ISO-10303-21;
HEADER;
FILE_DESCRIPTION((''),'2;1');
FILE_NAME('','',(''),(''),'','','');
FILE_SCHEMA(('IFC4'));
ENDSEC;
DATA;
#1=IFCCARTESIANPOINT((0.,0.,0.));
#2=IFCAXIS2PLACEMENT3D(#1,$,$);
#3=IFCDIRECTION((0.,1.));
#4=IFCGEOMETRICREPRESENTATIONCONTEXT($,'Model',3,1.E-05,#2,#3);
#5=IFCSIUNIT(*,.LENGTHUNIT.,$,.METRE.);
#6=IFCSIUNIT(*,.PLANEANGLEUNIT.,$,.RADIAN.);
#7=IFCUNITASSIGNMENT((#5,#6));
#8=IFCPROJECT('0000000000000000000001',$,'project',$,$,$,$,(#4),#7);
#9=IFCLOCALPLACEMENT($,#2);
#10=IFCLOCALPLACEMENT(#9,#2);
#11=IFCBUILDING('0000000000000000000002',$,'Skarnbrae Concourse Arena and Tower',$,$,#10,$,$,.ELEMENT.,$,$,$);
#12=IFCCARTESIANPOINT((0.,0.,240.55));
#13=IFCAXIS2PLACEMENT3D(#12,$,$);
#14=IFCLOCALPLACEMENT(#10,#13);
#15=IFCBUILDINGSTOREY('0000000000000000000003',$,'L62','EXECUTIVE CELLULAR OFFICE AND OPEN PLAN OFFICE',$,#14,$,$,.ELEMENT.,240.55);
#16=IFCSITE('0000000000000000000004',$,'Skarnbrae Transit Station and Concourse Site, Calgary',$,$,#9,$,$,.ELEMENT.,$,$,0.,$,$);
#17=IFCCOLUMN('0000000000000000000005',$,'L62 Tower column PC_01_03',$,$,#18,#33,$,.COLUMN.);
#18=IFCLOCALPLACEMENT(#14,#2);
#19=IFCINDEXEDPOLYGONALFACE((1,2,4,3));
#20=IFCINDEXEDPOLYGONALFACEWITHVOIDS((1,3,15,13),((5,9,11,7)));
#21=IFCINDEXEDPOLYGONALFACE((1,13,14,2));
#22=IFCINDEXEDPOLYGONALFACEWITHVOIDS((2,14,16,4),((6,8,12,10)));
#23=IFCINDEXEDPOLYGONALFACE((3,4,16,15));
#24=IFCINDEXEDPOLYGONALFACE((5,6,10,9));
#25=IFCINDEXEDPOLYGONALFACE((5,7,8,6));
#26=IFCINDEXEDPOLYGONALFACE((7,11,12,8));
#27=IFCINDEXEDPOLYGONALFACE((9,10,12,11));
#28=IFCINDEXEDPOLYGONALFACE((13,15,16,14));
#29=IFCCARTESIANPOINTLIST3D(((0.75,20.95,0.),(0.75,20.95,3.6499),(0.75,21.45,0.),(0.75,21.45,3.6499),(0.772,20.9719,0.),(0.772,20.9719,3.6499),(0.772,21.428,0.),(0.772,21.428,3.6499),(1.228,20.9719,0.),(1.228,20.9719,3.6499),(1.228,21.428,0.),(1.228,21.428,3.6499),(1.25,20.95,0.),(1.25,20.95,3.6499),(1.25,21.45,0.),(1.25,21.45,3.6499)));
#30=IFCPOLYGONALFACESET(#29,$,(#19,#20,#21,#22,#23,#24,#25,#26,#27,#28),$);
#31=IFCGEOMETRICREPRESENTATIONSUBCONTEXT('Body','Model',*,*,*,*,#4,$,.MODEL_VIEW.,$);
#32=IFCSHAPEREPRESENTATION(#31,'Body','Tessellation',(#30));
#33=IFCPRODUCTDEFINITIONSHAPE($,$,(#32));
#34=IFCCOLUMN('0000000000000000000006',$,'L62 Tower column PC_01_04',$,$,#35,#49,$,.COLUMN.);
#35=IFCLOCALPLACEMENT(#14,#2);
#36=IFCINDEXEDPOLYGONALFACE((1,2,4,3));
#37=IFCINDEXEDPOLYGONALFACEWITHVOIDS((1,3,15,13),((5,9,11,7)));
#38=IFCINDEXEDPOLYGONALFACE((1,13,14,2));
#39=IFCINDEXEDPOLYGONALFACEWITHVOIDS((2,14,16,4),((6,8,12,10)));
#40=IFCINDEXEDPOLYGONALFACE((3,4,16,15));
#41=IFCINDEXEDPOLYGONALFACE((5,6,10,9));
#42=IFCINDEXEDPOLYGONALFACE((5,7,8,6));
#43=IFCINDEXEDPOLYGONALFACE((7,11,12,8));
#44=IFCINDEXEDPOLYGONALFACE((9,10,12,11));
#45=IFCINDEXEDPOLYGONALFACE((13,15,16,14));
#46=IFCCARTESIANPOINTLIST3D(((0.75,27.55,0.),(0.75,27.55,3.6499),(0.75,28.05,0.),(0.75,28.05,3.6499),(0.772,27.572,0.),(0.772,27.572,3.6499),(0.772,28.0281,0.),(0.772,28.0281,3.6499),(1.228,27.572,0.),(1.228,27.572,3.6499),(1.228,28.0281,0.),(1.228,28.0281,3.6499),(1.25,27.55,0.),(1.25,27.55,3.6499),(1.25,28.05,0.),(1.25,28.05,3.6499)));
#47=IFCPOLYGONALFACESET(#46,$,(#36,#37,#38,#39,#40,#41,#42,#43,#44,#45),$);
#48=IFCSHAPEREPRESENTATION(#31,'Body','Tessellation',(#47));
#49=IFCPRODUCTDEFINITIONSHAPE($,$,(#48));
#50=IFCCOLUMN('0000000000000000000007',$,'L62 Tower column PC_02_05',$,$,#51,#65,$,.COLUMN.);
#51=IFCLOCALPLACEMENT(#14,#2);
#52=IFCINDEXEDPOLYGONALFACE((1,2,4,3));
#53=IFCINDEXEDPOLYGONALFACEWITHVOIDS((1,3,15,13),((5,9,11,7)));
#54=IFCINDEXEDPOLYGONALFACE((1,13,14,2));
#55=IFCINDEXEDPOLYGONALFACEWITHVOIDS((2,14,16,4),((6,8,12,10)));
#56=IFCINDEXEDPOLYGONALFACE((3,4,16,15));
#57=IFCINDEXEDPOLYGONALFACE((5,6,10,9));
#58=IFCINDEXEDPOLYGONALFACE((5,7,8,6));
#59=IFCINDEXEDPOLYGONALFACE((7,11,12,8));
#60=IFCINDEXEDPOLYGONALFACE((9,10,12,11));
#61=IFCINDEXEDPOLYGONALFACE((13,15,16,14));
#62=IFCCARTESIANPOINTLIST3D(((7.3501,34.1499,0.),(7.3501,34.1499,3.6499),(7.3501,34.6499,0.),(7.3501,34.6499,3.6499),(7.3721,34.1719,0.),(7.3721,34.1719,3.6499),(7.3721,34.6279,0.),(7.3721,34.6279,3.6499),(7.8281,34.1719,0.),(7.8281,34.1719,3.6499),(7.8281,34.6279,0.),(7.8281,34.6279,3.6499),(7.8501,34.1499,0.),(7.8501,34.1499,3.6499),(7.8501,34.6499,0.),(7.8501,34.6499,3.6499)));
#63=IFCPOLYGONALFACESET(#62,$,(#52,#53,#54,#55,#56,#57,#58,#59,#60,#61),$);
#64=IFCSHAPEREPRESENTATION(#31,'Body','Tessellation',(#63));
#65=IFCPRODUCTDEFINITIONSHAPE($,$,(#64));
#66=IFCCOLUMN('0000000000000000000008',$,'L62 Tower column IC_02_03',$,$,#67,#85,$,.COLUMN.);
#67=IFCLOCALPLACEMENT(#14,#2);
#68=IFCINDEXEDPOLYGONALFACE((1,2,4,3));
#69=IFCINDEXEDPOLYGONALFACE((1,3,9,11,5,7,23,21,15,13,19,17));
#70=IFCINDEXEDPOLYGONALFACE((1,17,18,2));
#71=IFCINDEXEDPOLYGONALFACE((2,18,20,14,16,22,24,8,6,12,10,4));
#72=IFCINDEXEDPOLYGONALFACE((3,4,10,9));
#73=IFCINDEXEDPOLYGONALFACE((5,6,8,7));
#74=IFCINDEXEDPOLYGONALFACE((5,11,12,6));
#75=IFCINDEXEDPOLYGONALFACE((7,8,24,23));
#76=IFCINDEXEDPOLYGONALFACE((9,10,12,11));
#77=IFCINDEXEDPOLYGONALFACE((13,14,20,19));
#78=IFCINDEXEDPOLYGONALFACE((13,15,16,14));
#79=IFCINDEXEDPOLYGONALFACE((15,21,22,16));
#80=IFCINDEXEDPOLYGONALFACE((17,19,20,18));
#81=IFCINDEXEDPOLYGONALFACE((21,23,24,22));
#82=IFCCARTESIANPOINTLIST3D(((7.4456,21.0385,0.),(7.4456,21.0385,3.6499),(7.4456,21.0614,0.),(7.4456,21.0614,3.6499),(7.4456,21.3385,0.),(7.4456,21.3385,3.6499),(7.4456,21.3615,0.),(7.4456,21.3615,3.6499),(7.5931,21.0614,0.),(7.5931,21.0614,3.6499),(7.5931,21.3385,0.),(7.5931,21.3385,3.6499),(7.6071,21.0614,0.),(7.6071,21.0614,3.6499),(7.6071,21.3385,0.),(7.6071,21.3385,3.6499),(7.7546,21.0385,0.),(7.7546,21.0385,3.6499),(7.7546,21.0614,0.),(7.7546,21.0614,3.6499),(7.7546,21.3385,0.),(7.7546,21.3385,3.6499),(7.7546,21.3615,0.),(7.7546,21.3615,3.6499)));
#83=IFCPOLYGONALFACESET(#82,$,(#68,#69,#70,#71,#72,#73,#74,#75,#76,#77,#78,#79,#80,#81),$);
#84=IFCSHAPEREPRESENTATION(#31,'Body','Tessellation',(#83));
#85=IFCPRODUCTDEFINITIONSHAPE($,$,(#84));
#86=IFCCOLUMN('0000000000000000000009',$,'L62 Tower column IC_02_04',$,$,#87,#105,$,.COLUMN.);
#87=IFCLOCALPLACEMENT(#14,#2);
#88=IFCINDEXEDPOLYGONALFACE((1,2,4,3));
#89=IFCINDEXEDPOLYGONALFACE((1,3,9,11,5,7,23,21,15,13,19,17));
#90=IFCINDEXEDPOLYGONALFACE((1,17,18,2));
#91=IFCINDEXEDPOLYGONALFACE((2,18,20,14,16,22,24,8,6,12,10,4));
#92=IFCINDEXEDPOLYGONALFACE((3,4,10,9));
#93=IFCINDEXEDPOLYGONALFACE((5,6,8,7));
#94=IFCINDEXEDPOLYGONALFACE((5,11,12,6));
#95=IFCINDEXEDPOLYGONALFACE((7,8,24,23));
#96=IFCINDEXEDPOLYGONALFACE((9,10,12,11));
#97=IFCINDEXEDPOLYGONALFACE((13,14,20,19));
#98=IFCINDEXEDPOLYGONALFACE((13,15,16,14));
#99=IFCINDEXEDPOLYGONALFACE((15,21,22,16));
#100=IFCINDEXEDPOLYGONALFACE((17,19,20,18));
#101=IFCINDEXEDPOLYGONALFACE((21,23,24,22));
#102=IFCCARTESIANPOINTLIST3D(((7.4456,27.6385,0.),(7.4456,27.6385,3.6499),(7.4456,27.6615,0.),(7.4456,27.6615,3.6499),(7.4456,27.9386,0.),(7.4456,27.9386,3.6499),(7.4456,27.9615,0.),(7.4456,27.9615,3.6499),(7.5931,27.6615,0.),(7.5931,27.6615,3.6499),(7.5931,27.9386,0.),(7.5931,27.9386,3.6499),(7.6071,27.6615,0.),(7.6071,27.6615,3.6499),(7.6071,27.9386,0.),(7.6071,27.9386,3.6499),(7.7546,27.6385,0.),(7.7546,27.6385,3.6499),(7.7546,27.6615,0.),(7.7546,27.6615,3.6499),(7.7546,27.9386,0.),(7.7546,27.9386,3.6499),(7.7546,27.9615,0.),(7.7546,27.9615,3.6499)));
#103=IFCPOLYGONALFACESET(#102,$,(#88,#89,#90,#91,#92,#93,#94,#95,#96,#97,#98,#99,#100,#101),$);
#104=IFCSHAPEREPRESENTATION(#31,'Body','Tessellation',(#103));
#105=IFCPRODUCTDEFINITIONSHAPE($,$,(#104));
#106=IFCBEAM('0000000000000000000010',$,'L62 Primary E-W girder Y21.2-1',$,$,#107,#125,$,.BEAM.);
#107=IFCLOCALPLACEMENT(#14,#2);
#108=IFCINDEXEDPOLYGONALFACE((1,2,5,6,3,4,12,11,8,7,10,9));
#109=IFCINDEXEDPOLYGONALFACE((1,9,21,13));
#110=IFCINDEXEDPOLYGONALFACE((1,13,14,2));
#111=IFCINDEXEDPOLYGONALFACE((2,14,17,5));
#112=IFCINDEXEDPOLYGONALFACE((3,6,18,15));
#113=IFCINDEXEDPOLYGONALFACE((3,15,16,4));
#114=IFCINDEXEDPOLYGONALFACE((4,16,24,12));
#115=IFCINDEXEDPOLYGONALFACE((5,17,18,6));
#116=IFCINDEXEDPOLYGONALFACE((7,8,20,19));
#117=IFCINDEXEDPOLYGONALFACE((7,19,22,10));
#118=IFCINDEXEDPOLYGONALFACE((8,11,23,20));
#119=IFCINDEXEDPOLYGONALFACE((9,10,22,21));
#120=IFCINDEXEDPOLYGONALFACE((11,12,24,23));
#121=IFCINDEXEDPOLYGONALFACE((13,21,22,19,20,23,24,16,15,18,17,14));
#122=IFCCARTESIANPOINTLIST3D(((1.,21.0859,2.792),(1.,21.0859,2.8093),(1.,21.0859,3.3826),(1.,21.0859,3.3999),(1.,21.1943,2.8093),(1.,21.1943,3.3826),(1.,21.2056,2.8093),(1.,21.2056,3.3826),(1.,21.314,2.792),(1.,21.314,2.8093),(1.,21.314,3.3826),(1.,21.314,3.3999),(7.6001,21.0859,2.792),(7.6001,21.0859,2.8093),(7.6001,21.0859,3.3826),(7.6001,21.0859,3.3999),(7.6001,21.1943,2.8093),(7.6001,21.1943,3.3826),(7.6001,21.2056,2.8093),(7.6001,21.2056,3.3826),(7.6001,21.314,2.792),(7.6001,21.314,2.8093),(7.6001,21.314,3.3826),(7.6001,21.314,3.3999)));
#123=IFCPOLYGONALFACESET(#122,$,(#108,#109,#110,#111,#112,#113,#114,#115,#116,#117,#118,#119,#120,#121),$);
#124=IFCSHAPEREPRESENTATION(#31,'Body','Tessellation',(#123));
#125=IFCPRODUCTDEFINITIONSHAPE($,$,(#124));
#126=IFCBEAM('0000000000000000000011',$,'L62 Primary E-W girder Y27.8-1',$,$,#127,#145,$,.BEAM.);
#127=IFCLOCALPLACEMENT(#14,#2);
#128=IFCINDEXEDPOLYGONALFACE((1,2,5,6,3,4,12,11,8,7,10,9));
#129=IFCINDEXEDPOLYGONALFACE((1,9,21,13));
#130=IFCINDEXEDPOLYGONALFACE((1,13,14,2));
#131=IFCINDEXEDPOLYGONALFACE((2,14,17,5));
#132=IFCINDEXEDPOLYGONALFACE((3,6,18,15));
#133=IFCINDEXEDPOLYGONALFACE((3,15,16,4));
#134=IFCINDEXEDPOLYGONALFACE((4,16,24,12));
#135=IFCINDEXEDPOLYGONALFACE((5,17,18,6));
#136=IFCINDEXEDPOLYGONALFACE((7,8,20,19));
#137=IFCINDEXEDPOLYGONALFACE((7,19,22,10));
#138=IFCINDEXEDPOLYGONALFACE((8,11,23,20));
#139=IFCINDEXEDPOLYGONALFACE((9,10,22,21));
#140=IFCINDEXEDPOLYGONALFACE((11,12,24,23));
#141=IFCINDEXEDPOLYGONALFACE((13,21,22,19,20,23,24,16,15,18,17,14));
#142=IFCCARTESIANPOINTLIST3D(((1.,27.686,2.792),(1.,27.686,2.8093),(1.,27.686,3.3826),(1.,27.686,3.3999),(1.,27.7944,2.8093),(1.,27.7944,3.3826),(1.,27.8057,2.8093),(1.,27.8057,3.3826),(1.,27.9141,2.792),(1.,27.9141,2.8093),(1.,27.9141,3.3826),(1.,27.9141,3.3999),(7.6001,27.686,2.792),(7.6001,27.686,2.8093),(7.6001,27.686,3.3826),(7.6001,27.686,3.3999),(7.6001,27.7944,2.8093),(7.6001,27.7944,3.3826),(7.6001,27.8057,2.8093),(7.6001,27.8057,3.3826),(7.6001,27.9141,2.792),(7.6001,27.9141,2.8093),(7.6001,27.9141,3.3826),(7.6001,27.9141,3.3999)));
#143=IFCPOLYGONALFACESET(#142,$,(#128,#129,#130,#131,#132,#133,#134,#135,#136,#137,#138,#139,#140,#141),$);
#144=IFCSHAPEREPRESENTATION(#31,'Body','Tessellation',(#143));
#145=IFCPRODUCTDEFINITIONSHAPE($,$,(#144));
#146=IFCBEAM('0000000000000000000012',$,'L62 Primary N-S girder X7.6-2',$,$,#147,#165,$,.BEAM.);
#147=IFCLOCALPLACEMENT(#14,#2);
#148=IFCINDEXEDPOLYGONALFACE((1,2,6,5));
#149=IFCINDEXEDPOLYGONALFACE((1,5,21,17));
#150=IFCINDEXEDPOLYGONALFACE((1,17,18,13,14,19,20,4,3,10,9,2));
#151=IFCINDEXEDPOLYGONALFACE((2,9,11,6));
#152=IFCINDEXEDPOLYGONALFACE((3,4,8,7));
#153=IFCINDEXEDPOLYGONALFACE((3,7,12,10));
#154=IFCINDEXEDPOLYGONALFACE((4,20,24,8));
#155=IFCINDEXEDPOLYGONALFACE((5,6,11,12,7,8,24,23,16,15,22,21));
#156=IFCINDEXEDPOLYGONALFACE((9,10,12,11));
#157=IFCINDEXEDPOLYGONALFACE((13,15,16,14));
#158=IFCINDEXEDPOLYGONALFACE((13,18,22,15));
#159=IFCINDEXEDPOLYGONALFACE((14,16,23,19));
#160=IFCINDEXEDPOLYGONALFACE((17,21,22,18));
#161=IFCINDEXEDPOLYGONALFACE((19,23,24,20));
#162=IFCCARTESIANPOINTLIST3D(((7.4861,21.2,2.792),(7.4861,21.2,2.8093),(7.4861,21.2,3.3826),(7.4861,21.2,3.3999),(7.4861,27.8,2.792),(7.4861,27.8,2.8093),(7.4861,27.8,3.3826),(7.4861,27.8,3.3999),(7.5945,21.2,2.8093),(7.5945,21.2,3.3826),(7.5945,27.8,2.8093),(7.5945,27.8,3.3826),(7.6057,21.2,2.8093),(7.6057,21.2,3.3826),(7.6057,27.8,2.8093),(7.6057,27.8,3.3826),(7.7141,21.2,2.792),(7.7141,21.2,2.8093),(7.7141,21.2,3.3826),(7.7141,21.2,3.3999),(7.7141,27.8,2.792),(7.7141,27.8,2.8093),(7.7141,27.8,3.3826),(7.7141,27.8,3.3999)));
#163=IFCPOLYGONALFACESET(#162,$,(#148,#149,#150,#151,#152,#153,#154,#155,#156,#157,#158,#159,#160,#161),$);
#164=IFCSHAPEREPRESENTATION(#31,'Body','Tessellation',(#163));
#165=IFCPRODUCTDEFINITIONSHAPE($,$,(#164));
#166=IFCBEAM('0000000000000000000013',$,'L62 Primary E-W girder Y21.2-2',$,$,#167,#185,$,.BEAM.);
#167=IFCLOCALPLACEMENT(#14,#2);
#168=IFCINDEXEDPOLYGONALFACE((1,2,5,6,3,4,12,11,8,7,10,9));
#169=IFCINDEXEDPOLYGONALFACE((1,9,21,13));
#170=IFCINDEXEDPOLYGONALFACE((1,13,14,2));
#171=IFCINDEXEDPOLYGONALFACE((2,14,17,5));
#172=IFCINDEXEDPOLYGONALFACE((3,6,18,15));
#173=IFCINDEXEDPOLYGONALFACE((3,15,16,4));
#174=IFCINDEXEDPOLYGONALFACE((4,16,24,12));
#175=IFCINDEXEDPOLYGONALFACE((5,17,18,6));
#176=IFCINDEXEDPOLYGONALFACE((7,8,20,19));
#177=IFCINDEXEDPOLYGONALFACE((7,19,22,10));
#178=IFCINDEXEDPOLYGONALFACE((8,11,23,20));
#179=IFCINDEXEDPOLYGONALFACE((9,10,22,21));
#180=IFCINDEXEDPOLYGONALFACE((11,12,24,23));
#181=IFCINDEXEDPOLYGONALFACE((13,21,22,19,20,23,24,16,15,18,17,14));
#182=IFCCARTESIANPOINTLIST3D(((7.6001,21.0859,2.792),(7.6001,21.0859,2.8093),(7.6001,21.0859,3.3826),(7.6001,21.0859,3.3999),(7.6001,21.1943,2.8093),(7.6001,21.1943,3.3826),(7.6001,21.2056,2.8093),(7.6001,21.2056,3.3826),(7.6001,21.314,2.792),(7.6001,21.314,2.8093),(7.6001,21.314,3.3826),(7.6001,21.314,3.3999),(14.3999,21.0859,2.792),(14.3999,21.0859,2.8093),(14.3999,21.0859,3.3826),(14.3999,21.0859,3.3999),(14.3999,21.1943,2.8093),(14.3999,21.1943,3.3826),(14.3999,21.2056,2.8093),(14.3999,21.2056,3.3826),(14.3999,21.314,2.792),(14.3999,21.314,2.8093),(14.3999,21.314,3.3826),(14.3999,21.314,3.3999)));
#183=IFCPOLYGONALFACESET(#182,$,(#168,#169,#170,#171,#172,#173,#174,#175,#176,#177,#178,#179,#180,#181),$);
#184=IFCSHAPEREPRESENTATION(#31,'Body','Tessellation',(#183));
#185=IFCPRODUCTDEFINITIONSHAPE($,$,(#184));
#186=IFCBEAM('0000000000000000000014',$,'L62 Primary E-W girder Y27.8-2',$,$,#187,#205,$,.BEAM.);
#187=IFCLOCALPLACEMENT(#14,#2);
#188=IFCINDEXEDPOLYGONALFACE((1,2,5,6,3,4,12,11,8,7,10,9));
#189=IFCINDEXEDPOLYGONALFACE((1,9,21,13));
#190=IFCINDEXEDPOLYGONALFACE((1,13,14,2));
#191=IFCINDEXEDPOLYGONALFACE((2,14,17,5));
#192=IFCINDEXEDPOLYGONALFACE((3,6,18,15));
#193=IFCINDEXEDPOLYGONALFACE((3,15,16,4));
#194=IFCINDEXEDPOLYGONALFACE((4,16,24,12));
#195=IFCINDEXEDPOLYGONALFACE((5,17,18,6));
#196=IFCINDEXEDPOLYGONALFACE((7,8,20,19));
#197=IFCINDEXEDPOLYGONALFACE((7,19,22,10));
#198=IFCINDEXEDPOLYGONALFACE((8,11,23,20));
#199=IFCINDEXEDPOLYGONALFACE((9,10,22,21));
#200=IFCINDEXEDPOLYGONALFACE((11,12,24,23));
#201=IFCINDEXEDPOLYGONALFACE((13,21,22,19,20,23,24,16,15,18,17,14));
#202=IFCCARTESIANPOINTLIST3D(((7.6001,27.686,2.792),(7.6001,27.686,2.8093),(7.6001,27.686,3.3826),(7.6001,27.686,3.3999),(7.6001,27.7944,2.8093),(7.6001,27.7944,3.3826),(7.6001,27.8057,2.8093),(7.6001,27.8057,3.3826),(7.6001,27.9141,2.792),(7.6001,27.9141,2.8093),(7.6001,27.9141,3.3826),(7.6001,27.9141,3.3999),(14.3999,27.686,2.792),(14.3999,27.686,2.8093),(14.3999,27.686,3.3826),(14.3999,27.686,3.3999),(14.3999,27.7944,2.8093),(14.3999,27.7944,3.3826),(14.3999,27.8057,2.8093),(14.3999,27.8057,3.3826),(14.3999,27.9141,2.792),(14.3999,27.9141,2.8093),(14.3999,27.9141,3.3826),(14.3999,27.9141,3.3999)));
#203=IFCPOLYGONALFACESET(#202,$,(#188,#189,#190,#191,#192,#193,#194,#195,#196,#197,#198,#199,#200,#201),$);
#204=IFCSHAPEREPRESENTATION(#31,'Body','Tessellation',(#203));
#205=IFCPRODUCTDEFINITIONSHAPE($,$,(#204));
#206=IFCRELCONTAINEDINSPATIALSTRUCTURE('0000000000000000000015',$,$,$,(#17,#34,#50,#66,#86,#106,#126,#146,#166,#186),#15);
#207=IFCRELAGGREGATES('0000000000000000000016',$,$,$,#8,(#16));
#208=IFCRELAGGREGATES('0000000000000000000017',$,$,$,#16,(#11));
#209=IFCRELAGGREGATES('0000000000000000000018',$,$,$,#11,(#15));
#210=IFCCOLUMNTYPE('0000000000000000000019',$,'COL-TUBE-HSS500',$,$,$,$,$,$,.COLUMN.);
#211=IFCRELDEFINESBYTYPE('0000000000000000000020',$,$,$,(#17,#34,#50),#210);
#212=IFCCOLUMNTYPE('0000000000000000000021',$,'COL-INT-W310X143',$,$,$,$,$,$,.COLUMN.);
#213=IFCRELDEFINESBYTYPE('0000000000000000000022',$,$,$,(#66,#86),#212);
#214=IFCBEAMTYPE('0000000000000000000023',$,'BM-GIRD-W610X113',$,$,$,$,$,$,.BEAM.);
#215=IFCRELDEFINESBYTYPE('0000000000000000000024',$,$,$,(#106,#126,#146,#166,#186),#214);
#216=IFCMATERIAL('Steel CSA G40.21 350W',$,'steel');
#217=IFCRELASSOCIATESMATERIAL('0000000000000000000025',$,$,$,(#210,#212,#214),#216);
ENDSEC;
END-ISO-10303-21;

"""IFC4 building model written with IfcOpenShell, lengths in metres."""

from ifc_helpers import new_model, si_unit, direction, frame, origin, origin_2d, place, context, subcontext, project, spatial, hollow_rectangle, i_section, extrude, source, transform, mapped, material, material_profile, profile_set, type_object, element, save


model = new_model("IFC4")

# Units and contexts
model_context = context("Model", 3, precision=1e-05, world=origin(), true_north=direction((0.0, 1.0)))
body_context = subcontext(model_context, "Body", "Model", "MODEL_VIEW")
ifc_project = project(units=[si_unit("LENGTHUNIT", "METRE"), si_unit("PLANEANGLEUNIT", "RADIAN")], contexts=[model_context])

# Site, building, storey
site_placement = place(None, origin())
site = spatial("IfcSite", under=ifc_project, at=site_placement, Name="Skarnbrae Transit Station and Concourse Site, Calgary", CompositionType="ELEMENT", RefElevation=0.0)
building_placement = place(site_placement, origin())
building = spatial("IfcBuilding", under=site, at=building_placement, Name="Skarnbrae Concourse Arena and Tower", CompositionType="ELEMENT")
storey_placement = place(building_placement, frame((0.0, 0.0, 240.55)))
storey = spatial("IfcBuildingStorey", under=building, at=storey_placement, Name="L62", Description="EXECUTIVE CELLULAR OFFICE AND OPEN PLAN OFFICE", CompositionType="ELEMENT", Elevation=240.55)

# Columns
ifc_material_1 = material(Name="Steel CSA G40.21 350W", Category="steel")
ifc_material_profile_1 = material_profile(ifc_material_1, hollow_rectangle(XDim=0.5, YDim=0.5, WallThickness=0.022, at=origin_2d()), Name="HSS500X500X22.0")
ifc_profile_set_1 = profile_set([ifc_material_profile_1], Name="Steel CSA G40.21 350W")
column_type_1 = type_object("IfcColumnType", Name="COL-TUBE-HSS500", PredefinedType="COLUMN", material=ifc_profile_set_1)
shared_shape_1 = source(origin(), body_context, "Body", "SweptSolid", [
    extrude(hollow_rectangle(XDim=0.5, YDim=0.5, WallThickness=0.022, at=origin_2d()), origin(), (0.0, 0.0, 1.0), 3.6499),
])
for number, where, z_axis, x_axis, name in (
    (1, (1.0, 21.2, 0.0), (0.0, 0.0, 1.0), (1.0, 0.0, 0.0), "L62 Tower column PC_01_03"),
    (2, (1.0, 27.8, 0.0), (0.0, 0.0, 1.0), (1.0, 0.0, 0.0), "L62 Tower column PC_01_04"),
    (3, (7.6001, 34.3999, 0.0), (0.0, 0.0, 1.0), (1.0, 0.0, 0.0), "L62 Tower column PC_02_05"),
):
    element("IfcColumn", number, at=place(storey_placement, frame(where, z_axis=z_axis, x_axis=x_axis)), inside=storey, type_object=column_type_1, Name=name, PredefinedType="COLUMN", context=body_context, shape_type="MappedRepresentation", body=[
        mapped(shared_shape_1, transform((0.0, 0.0, 0.0))),
    ])
ifc_material_profile_2 = material_profile(ifc_material_1, i_section(OverallWidth=0.3091, OverallDepth=0.323, WebThickness=0.0139, FlangeThickness=0.0229, at=origin_2d()), Name="W310X143")
ifc_profile_set_2 = profile_set([ifc_material_profile_2], Name="Steel CSA G40.21 350W")
column_type_2 = type_object("IfcColumnType", Name="COL-INT-W310X143", PredefinedType="COLUMN", material=ifc_profile_set_2)
shared_shape_2 = source(origin(), body_context, "Body", "SweptSolid", [
    extrude(i_section(OverallWidth=0.3091, OverallDepth=0.323, WebThickness=0.0139, FlangeThickness=0.0229, at=origin_2d()), origin(), (0.0, 0.0, 1.0), 3.6499),
])
for number, where, z_axis, x_axis, name in (
    (4, (7.6001, 21.2, 0.0), (0.0, 0.0, 1.0), (1.0, 0.0, 0.0), "L62 Tower column IC_02_03"),
    (5, (7.6001, 27.8, 0.0), (0.0, 0.0, 1.0), (1.0, 0.0, 0.0), "L62 Tower column IC_02_04"),
):
    element("IfcColumn", number, at=place(storey_placement, frame(where, z_axis=z_axis, x_axis=x_axis)), inside=storey, type_object=column_type_2, Name=name, PredefinedType="COLUMN", context=body_context, shape_type="MappedRepresentation", body=[
        mapped(shared_shape_2, transform((0.0, 0.0, 0.0))),
    ])

# Beams
ifc_material_profile_3 = material_profile(ifc_material_1, i_section(OverallWidth=0.228, OverallDepth=0.6079, WebThickness=0.0112, FlangeThickness=0.0173, at=origin_2d()), Name="W610X113")
ifc_profile_set_3 = profile_set([ifc_material_profile_3], Name="Steel CSA G40.21 350W")
beam_type_1 = type_object("IfcBeamType", Name="BM-GIRD-W610X113", PredefinedType="BEAM", material=ifc_profile_set_3)
shared_shape_3 = source(origin(), body_context, "Body", "SweptSolid", [
    extrude(i_section(OverallWidth=0.228, OverallDepth=0.6079, WebThickness=0.0112, FlangeThickness=0.0173, at=origin_2d()), origin(), (0.0, 0.0, 1.0), 6.6001),
])
for number, where, z_axis, x_axis, name in (
    (6, (1.0, 21.2, 3.0959), (1.0, 0.0, 0.0), (0.0, 1.0, 0.0), "L62 Primary E-W girder Y21.2-1"),
    (7, (1.0, 27.8, 3.0959), (1.0, 0.0, 0.0), (0.0, 1.0, 0.0), "L62 Primary E-W girder Y27.8-1"),
    (8, (7.6001, 21.2, 3.0959), (0.0, 1.0, 0.0), (-1.0, 0.0, 0.0), "L62 Primary N-S girder X7.6-2"),
):
    element("IfcBeam", number, at=place(storey_placement, frame(where, z_axis=z_axis, x_axis=x_axis)), inside=storey, type_object=beam_type_1, Name=name, PredefinedType="BEAM", context=body_context, shape_type="MappedRepresentation", body=[
        mapped(shared_shape_3, transform((0.0, 0.0, 0.0))),
    ])
shared_shape_4 = source(origin(), body_context, "Body", "SweptSolid", [
    extrude(i_section(OverallWidth=0.228, OverallDepth=0.6079, WebThickness=0.0112, FlangeThickness=0.0173, at=origin_2d()), origin(), (0.0, 0.0, 1.0), 6.7998),
])
for number, where, z_axis, x_axis, name in (
    (9, (7.6001, 21.2, 3.0959), (1.0, 0.0, 0.0), (0.0, 1.0, 0.0), "L62 Primary E-W girder Y21.2-2"),
    (10, (7.6001, 27.8, 3.0959), (1.0, 0.0, 0.0), (0.0, 1.0, 0.0), "L62 Primary E-W girder Y27.8-2"),
):
    element("IfcBeam", number, at=place(storey_placement, frame(where, z_axis=z_axis, x_axis=x_axis)), inside=storey, type_object=beam_type_1, Name=name, PredefinedType="BEAM", context=body_context, shape_type="MappedRepresentation", body=[
        mapped(shared_shape_4, transform((0.0, 0.0, 0.0))),
    ])

save(model, "model.ifc")
